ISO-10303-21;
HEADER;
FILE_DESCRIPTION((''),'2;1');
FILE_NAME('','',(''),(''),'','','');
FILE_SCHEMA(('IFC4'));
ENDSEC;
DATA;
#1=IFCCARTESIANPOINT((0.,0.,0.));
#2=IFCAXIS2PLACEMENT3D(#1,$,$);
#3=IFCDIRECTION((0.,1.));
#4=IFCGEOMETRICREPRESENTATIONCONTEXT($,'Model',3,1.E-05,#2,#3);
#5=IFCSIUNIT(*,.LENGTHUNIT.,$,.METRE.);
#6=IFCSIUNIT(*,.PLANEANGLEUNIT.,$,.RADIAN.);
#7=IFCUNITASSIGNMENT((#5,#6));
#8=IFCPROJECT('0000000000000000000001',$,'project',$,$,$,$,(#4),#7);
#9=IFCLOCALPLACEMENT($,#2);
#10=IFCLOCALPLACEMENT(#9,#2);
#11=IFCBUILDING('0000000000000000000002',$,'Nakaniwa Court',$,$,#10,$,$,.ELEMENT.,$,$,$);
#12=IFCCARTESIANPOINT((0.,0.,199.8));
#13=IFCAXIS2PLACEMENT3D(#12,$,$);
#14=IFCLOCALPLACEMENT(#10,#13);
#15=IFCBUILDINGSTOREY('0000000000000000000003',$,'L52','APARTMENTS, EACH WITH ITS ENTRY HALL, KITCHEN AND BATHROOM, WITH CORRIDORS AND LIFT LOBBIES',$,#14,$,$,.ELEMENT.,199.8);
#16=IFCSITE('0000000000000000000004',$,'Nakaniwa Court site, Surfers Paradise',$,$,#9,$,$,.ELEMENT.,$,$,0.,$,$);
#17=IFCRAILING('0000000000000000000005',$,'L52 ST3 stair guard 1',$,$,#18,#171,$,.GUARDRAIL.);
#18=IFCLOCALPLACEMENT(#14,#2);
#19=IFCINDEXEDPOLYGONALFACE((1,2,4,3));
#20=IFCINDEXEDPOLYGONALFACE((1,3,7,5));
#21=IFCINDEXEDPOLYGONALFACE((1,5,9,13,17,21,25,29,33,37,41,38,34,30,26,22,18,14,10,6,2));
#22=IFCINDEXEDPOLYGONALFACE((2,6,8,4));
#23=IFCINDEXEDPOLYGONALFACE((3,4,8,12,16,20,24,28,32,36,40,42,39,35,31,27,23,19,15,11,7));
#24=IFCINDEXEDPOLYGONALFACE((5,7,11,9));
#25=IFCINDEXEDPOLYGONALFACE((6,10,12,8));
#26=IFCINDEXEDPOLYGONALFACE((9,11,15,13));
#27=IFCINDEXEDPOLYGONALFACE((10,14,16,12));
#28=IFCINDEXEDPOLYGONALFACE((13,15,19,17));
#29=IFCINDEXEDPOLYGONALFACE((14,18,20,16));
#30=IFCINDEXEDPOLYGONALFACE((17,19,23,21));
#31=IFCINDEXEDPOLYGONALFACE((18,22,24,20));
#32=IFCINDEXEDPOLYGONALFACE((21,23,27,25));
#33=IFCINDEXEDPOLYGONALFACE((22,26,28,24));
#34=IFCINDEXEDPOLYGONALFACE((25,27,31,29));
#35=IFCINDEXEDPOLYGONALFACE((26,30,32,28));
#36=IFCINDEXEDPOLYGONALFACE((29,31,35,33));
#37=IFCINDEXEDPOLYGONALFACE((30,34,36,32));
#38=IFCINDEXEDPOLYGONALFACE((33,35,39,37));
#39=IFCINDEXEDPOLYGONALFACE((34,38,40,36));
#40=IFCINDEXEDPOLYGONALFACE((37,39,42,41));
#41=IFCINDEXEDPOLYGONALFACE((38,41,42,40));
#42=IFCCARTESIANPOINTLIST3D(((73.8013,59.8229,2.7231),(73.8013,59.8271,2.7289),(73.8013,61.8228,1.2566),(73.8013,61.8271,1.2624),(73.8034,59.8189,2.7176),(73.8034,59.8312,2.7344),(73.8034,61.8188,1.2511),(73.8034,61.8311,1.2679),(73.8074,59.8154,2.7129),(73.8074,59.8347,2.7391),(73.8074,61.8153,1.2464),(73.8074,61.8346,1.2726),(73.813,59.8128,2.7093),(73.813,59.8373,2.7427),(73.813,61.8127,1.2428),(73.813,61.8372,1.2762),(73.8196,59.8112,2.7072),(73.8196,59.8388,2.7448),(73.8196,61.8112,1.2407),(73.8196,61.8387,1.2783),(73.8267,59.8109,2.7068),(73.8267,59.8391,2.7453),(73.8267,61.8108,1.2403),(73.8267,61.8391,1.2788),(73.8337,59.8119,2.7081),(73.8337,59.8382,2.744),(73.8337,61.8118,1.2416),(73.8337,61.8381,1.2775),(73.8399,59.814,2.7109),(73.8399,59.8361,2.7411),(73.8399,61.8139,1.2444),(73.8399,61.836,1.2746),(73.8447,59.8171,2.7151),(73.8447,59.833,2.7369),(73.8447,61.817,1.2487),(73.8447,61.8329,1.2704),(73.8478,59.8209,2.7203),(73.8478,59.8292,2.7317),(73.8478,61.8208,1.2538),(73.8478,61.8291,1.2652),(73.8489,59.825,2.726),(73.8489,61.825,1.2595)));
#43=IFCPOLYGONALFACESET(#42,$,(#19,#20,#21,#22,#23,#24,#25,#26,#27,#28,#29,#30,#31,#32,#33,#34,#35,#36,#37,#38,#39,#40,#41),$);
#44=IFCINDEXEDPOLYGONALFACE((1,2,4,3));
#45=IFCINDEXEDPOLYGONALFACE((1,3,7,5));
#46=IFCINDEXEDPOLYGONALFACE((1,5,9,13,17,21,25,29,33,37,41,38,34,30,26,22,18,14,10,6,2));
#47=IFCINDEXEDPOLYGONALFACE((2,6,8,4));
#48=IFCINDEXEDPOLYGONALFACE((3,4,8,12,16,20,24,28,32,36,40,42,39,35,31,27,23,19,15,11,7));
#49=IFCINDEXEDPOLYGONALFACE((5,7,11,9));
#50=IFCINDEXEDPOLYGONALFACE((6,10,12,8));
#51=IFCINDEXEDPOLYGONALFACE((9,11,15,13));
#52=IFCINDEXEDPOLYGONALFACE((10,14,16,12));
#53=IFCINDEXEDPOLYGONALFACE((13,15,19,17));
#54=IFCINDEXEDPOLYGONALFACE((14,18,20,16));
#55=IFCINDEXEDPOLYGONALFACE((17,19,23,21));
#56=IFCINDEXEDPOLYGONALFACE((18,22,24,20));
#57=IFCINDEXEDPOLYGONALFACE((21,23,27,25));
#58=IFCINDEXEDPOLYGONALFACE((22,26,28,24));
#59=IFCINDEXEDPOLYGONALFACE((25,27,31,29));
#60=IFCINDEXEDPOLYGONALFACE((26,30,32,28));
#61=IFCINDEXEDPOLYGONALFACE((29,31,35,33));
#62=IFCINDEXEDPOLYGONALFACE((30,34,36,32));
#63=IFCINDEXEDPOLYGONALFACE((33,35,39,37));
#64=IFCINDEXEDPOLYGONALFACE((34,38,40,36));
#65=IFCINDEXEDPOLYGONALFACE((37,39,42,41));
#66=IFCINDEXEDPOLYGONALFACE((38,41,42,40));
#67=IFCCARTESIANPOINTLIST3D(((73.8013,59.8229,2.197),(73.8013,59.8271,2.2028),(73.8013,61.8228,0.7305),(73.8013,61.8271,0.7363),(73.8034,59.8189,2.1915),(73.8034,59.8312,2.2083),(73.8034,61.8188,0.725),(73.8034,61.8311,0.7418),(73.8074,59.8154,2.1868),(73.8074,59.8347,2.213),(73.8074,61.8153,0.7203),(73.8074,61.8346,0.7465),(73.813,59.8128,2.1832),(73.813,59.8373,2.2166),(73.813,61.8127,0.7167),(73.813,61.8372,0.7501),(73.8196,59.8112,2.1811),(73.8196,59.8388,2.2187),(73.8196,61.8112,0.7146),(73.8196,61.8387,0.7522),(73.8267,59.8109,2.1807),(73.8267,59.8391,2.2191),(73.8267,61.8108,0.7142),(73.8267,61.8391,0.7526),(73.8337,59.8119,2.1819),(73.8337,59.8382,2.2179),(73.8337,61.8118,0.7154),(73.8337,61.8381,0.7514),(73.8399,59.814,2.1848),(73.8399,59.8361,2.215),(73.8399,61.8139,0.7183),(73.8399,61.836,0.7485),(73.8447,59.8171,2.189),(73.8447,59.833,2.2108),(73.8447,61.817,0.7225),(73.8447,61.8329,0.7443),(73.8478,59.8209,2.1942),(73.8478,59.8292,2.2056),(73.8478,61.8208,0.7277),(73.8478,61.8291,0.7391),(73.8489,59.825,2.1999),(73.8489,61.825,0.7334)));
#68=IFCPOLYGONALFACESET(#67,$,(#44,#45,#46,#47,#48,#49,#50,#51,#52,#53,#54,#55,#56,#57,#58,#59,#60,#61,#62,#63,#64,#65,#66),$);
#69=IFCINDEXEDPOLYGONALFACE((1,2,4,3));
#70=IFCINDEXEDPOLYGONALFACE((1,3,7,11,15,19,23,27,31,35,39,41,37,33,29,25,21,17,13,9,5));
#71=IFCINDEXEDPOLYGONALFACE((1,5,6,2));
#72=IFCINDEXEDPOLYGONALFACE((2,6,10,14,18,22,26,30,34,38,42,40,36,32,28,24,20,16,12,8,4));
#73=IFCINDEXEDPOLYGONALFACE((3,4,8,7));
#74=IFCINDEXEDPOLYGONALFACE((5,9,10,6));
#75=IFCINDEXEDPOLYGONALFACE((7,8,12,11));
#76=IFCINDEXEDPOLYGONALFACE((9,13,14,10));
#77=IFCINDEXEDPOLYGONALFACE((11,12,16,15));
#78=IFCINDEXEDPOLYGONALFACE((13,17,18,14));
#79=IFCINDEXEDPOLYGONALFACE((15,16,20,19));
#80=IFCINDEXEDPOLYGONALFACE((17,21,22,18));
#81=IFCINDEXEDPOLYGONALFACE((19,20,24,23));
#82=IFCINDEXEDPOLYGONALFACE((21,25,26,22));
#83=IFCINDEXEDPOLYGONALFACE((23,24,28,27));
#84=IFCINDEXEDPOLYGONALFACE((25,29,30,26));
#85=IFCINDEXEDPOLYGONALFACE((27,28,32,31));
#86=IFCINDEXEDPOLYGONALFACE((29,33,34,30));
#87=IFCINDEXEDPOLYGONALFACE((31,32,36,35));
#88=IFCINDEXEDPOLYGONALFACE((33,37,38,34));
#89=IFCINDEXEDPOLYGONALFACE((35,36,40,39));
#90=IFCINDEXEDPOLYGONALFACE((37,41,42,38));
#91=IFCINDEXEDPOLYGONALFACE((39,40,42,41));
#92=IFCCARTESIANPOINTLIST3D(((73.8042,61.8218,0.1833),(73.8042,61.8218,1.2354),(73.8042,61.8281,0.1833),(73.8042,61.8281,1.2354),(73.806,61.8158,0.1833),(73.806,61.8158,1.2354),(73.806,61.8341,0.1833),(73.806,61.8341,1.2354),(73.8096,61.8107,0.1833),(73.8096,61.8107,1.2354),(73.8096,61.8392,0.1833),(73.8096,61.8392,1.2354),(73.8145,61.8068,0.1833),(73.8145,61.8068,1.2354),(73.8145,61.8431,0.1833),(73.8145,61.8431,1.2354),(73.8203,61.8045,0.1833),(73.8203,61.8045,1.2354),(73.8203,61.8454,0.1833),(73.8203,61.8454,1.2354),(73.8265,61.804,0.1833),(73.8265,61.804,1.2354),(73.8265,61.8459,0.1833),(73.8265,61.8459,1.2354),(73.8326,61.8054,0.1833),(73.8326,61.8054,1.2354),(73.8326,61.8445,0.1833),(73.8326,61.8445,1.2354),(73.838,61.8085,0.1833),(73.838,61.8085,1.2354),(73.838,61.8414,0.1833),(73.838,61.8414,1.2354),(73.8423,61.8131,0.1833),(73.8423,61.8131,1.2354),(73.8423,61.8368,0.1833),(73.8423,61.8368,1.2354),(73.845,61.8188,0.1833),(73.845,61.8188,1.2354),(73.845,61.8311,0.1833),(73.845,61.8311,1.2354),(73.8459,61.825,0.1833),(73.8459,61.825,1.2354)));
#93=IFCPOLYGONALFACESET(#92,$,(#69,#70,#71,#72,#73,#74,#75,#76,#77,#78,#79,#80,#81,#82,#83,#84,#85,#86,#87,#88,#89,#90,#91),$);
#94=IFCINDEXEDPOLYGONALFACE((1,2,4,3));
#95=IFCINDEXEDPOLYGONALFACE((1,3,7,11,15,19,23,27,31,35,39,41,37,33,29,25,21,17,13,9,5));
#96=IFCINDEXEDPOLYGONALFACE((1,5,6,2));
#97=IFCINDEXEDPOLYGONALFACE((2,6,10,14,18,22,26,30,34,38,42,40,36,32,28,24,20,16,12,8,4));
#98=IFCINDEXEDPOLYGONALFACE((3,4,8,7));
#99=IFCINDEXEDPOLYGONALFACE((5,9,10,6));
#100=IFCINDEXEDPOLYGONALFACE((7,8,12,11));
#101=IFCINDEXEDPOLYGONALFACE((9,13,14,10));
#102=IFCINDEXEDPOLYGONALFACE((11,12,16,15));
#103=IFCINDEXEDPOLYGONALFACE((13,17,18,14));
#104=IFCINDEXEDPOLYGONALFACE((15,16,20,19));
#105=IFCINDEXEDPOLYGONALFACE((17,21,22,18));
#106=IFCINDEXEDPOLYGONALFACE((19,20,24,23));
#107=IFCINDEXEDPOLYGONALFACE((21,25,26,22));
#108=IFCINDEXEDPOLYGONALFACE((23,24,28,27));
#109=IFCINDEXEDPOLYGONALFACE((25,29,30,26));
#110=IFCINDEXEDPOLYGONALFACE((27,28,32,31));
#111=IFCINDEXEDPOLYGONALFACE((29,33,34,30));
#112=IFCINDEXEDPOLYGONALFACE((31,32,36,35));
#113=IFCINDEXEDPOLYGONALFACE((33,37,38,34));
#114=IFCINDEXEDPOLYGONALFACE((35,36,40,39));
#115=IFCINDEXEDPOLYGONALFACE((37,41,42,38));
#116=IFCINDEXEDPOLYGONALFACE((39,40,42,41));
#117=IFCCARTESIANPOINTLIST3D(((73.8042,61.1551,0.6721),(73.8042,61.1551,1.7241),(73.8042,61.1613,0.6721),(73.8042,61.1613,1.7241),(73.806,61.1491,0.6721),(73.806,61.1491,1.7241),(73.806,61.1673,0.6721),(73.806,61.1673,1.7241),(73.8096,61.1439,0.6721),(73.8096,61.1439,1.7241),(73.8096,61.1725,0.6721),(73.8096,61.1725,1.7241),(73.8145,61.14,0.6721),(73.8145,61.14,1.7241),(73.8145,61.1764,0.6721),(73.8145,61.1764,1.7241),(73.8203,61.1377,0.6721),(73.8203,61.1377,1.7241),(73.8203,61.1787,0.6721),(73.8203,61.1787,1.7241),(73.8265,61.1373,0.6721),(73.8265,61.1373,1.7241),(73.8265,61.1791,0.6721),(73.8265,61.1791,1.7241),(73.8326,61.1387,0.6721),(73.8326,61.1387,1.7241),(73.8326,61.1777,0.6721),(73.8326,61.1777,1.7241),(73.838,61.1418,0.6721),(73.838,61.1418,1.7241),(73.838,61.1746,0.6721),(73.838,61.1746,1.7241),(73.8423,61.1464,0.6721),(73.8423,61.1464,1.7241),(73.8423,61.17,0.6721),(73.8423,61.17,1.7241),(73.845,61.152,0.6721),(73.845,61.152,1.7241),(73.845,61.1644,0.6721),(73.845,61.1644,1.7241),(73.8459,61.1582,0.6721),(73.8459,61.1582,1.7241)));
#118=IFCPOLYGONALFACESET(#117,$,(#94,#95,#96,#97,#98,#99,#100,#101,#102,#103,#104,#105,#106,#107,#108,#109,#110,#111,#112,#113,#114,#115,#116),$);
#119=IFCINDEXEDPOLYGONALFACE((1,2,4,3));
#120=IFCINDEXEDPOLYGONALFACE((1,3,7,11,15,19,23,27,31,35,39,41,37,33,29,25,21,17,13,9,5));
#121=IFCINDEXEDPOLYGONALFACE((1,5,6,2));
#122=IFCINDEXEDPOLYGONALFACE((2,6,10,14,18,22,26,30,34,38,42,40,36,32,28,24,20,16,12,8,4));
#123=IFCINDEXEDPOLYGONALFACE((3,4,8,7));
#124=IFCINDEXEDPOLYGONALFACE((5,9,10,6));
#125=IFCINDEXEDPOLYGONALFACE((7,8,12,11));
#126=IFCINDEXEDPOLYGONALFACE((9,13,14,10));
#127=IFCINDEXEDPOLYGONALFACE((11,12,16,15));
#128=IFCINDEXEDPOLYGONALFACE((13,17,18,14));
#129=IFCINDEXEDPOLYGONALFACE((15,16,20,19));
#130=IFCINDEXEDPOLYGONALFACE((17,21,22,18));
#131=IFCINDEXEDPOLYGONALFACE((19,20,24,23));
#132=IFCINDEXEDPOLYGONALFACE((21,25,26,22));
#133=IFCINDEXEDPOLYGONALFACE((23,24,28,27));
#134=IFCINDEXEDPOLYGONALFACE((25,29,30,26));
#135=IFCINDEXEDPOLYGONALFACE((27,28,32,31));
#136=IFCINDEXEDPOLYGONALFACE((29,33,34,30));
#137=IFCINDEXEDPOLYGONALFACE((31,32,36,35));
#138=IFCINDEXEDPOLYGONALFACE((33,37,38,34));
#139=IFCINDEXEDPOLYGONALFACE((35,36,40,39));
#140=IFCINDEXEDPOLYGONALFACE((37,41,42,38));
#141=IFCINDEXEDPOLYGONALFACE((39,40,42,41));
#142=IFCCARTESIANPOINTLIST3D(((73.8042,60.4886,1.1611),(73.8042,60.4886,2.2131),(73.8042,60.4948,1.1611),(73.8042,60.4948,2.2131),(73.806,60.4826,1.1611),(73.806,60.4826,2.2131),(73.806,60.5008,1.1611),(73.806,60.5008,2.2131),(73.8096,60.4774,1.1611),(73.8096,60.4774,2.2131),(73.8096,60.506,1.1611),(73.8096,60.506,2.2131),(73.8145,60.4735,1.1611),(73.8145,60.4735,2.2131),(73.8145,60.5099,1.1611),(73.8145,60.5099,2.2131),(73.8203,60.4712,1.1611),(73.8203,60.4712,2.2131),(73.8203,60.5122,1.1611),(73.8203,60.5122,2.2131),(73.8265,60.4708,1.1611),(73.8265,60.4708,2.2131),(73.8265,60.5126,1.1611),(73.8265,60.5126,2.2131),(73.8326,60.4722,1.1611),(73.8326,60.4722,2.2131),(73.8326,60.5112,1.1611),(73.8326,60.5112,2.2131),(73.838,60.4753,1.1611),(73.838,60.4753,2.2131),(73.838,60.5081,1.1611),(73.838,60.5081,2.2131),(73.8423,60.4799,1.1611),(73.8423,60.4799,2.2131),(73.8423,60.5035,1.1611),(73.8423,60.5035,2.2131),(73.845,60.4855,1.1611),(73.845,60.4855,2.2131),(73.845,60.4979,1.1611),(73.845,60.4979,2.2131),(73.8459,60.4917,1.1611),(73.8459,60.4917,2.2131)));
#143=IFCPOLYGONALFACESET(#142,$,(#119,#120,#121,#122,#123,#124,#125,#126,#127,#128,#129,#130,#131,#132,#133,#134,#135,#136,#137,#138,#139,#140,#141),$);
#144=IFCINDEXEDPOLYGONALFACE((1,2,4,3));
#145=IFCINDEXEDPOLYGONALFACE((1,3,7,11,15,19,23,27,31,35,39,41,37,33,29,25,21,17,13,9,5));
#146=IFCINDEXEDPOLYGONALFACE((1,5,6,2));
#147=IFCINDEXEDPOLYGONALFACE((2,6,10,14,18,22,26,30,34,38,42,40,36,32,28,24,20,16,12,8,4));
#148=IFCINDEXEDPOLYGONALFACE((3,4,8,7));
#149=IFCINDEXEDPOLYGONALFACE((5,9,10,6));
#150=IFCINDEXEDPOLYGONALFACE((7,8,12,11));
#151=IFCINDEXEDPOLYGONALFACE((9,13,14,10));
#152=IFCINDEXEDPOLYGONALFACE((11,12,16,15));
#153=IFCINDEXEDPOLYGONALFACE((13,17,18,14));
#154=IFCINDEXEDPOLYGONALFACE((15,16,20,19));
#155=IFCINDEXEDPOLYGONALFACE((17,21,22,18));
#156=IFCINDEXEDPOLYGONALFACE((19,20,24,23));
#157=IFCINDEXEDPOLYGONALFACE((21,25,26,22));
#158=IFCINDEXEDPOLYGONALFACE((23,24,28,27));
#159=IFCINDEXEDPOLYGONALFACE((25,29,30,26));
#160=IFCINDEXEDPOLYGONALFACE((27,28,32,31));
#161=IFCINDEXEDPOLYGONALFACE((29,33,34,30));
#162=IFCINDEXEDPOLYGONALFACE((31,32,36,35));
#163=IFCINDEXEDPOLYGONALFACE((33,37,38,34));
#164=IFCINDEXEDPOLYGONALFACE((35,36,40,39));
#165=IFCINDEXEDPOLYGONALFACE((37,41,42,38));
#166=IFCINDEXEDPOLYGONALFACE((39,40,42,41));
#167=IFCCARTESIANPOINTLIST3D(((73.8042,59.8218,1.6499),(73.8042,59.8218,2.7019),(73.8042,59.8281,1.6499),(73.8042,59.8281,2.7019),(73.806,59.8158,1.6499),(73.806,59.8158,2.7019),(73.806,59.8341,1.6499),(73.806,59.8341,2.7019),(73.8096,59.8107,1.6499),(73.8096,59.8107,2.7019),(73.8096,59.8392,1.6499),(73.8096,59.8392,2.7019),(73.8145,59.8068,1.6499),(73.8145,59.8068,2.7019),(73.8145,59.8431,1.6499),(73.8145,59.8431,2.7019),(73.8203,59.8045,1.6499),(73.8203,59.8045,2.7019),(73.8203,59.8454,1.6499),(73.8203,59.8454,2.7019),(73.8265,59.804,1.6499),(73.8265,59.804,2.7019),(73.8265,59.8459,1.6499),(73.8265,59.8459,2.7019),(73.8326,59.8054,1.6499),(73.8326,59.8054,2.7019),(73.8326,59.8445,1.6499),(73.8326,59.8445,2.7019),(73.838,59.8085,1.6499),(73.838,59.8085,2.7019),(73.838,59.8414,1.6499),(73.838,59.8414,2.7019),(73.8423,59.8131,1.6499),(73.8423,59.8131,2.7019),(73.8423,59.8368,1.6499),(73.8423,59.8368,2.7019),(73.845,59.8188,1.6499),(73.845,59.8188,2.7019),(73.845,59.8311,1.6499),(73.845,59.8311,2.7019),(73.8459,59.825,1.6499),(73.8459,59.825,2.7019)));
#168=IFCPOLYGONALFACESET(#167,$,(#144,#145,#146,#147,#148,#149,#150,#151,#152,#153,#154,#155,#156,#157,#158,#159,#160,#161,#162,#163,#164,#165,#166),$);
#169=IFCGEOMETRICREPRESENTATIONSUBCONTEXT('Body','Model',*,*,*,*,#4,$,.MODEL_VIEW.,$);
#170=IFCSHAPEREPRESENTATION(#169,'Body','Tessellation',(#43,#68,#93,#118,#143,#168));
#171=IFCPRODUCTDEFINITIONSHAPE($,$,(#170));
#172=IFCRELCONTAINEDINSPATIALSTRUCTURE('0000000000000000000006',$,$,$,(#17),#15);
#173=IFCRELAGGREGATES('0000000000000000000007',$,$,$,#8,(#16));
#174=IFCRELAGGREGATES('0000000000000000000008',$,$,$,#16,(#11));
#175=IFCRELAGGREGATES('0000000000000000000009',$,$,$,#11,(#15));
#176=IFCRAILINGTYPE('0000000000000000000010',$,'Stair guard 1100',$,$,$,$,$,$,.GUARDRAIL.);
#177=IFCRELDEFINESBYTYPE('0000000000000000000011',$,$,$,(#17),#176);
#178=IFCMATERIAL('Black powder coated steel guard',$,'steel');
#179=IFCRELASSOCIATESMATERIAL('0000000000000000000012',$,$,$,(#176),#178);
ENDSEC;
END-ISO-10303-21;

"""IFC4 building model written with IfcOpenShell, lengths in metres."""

from ifc_helpers import new_model, si_unit, direction, frame, origin, origin_2d, place, context, subcontext, project, spatial, circle, extrude, material, type_object, element, save


model = new_model("IFC4")

# Units and contexts
model_context = context("Model", 3, precision=1e-05, world=origin(), true_north=direction((0.0, 1.0)))
body_context = subcontext(model_context, "Body", "Model", "MODEL_VIEW")
ifc_project = project(units=[si_unit("LENGTHUNIT", "METRE"), si_unit("PLANEANGLEUNIT", "RADIAN")], contexts=[model_context])

# Site, building, storey
site_placement = place(None, origin())
site = spatial("IfcSite", under=ifc_project, at=site_placement, Name="Nakaniwa Court site, Surfers Paradise", CompositionType="ELEMENT", RefElevation=0.0)
building_placement = place(site_placement, origin())
building = spatial("IfcBuilding", under=site, at=building_placement, Name="Nakaniwa Court", CompositionType="ELEMENT")
storey_placement = place(building_placement, frame((0.0, 0.0, 199.8)))
storey = spatial("IfcBuildingStorey", under=building, at=storey_placement, Name="L52", Description="APARTMENTS, EACH WITH ITS ENTRY HALL, KITCHEN AND BATHROOM, WITH CORRIDORS AND LIFT LOBBIES", CompositionType="ELEMENT", Elevation=199.8)

# Railing
ifc_material_1 = material(Name="Black powder coated steel guard", Category="steel")
railing_type_1 = type_object("IfcRailingType", Name="Stair guard 1100", PredefinedType="GUARDRAIL", material=ifc_material_1)
railing_1_placement = place(storey_placement, frame((73.825, 61.825, 0.1833)))
element("IfcRailing", 1, at=railing_1_placement, inside=storey, type_object=railing_type_1, Name="L52 ST3 stair guard 1", PredefinedType="GUARDRAIL", context=body_context, shape_type="SweptSolid", body=[
    extrude(circle(Radius=0.0239, at=origin_2d()), frame((0.0, 0.0, 1.0762), z_axis=(0.0, -0.806427, 0.591334), x_axis=(1.0, 0.0, 0.0)), (0.0, 0.0, 1.0), 2.48),
    extrude(circle(Radius=0.0239, at=origin_2d()), frame((0.0, 0.0, 0.55), z_axis=(0.0, -0.806427, 0.591334), x_axis=(1.0, 0.0, 0.0)), (0.0, 0.0, 1.0), 2.48),
    extrude(circle(Radius=0.021, at=origin_2d()), origin(), (0.0, 0.0, 1.0), 1.052),
    extrude(circle(Radius=0.021, at=origin_2d()), frame((0.0, -0.6667, 0.4888)), (0.0, 0.0, 1.0), 1.052),
    extrude(circle(Radius=0.021, at=origin_2d()), frame((0.0, -1.3333, 0.9778)), (0.0, 0.0, 1.0), 1.052),
    extrude(circle(Radius=0.021, at=origin_2d()), frame((0.0, -2.0, 1.4666)), (0.0, 0.0, 1.0), 1.052),
])

save(model, "model.ifc")
